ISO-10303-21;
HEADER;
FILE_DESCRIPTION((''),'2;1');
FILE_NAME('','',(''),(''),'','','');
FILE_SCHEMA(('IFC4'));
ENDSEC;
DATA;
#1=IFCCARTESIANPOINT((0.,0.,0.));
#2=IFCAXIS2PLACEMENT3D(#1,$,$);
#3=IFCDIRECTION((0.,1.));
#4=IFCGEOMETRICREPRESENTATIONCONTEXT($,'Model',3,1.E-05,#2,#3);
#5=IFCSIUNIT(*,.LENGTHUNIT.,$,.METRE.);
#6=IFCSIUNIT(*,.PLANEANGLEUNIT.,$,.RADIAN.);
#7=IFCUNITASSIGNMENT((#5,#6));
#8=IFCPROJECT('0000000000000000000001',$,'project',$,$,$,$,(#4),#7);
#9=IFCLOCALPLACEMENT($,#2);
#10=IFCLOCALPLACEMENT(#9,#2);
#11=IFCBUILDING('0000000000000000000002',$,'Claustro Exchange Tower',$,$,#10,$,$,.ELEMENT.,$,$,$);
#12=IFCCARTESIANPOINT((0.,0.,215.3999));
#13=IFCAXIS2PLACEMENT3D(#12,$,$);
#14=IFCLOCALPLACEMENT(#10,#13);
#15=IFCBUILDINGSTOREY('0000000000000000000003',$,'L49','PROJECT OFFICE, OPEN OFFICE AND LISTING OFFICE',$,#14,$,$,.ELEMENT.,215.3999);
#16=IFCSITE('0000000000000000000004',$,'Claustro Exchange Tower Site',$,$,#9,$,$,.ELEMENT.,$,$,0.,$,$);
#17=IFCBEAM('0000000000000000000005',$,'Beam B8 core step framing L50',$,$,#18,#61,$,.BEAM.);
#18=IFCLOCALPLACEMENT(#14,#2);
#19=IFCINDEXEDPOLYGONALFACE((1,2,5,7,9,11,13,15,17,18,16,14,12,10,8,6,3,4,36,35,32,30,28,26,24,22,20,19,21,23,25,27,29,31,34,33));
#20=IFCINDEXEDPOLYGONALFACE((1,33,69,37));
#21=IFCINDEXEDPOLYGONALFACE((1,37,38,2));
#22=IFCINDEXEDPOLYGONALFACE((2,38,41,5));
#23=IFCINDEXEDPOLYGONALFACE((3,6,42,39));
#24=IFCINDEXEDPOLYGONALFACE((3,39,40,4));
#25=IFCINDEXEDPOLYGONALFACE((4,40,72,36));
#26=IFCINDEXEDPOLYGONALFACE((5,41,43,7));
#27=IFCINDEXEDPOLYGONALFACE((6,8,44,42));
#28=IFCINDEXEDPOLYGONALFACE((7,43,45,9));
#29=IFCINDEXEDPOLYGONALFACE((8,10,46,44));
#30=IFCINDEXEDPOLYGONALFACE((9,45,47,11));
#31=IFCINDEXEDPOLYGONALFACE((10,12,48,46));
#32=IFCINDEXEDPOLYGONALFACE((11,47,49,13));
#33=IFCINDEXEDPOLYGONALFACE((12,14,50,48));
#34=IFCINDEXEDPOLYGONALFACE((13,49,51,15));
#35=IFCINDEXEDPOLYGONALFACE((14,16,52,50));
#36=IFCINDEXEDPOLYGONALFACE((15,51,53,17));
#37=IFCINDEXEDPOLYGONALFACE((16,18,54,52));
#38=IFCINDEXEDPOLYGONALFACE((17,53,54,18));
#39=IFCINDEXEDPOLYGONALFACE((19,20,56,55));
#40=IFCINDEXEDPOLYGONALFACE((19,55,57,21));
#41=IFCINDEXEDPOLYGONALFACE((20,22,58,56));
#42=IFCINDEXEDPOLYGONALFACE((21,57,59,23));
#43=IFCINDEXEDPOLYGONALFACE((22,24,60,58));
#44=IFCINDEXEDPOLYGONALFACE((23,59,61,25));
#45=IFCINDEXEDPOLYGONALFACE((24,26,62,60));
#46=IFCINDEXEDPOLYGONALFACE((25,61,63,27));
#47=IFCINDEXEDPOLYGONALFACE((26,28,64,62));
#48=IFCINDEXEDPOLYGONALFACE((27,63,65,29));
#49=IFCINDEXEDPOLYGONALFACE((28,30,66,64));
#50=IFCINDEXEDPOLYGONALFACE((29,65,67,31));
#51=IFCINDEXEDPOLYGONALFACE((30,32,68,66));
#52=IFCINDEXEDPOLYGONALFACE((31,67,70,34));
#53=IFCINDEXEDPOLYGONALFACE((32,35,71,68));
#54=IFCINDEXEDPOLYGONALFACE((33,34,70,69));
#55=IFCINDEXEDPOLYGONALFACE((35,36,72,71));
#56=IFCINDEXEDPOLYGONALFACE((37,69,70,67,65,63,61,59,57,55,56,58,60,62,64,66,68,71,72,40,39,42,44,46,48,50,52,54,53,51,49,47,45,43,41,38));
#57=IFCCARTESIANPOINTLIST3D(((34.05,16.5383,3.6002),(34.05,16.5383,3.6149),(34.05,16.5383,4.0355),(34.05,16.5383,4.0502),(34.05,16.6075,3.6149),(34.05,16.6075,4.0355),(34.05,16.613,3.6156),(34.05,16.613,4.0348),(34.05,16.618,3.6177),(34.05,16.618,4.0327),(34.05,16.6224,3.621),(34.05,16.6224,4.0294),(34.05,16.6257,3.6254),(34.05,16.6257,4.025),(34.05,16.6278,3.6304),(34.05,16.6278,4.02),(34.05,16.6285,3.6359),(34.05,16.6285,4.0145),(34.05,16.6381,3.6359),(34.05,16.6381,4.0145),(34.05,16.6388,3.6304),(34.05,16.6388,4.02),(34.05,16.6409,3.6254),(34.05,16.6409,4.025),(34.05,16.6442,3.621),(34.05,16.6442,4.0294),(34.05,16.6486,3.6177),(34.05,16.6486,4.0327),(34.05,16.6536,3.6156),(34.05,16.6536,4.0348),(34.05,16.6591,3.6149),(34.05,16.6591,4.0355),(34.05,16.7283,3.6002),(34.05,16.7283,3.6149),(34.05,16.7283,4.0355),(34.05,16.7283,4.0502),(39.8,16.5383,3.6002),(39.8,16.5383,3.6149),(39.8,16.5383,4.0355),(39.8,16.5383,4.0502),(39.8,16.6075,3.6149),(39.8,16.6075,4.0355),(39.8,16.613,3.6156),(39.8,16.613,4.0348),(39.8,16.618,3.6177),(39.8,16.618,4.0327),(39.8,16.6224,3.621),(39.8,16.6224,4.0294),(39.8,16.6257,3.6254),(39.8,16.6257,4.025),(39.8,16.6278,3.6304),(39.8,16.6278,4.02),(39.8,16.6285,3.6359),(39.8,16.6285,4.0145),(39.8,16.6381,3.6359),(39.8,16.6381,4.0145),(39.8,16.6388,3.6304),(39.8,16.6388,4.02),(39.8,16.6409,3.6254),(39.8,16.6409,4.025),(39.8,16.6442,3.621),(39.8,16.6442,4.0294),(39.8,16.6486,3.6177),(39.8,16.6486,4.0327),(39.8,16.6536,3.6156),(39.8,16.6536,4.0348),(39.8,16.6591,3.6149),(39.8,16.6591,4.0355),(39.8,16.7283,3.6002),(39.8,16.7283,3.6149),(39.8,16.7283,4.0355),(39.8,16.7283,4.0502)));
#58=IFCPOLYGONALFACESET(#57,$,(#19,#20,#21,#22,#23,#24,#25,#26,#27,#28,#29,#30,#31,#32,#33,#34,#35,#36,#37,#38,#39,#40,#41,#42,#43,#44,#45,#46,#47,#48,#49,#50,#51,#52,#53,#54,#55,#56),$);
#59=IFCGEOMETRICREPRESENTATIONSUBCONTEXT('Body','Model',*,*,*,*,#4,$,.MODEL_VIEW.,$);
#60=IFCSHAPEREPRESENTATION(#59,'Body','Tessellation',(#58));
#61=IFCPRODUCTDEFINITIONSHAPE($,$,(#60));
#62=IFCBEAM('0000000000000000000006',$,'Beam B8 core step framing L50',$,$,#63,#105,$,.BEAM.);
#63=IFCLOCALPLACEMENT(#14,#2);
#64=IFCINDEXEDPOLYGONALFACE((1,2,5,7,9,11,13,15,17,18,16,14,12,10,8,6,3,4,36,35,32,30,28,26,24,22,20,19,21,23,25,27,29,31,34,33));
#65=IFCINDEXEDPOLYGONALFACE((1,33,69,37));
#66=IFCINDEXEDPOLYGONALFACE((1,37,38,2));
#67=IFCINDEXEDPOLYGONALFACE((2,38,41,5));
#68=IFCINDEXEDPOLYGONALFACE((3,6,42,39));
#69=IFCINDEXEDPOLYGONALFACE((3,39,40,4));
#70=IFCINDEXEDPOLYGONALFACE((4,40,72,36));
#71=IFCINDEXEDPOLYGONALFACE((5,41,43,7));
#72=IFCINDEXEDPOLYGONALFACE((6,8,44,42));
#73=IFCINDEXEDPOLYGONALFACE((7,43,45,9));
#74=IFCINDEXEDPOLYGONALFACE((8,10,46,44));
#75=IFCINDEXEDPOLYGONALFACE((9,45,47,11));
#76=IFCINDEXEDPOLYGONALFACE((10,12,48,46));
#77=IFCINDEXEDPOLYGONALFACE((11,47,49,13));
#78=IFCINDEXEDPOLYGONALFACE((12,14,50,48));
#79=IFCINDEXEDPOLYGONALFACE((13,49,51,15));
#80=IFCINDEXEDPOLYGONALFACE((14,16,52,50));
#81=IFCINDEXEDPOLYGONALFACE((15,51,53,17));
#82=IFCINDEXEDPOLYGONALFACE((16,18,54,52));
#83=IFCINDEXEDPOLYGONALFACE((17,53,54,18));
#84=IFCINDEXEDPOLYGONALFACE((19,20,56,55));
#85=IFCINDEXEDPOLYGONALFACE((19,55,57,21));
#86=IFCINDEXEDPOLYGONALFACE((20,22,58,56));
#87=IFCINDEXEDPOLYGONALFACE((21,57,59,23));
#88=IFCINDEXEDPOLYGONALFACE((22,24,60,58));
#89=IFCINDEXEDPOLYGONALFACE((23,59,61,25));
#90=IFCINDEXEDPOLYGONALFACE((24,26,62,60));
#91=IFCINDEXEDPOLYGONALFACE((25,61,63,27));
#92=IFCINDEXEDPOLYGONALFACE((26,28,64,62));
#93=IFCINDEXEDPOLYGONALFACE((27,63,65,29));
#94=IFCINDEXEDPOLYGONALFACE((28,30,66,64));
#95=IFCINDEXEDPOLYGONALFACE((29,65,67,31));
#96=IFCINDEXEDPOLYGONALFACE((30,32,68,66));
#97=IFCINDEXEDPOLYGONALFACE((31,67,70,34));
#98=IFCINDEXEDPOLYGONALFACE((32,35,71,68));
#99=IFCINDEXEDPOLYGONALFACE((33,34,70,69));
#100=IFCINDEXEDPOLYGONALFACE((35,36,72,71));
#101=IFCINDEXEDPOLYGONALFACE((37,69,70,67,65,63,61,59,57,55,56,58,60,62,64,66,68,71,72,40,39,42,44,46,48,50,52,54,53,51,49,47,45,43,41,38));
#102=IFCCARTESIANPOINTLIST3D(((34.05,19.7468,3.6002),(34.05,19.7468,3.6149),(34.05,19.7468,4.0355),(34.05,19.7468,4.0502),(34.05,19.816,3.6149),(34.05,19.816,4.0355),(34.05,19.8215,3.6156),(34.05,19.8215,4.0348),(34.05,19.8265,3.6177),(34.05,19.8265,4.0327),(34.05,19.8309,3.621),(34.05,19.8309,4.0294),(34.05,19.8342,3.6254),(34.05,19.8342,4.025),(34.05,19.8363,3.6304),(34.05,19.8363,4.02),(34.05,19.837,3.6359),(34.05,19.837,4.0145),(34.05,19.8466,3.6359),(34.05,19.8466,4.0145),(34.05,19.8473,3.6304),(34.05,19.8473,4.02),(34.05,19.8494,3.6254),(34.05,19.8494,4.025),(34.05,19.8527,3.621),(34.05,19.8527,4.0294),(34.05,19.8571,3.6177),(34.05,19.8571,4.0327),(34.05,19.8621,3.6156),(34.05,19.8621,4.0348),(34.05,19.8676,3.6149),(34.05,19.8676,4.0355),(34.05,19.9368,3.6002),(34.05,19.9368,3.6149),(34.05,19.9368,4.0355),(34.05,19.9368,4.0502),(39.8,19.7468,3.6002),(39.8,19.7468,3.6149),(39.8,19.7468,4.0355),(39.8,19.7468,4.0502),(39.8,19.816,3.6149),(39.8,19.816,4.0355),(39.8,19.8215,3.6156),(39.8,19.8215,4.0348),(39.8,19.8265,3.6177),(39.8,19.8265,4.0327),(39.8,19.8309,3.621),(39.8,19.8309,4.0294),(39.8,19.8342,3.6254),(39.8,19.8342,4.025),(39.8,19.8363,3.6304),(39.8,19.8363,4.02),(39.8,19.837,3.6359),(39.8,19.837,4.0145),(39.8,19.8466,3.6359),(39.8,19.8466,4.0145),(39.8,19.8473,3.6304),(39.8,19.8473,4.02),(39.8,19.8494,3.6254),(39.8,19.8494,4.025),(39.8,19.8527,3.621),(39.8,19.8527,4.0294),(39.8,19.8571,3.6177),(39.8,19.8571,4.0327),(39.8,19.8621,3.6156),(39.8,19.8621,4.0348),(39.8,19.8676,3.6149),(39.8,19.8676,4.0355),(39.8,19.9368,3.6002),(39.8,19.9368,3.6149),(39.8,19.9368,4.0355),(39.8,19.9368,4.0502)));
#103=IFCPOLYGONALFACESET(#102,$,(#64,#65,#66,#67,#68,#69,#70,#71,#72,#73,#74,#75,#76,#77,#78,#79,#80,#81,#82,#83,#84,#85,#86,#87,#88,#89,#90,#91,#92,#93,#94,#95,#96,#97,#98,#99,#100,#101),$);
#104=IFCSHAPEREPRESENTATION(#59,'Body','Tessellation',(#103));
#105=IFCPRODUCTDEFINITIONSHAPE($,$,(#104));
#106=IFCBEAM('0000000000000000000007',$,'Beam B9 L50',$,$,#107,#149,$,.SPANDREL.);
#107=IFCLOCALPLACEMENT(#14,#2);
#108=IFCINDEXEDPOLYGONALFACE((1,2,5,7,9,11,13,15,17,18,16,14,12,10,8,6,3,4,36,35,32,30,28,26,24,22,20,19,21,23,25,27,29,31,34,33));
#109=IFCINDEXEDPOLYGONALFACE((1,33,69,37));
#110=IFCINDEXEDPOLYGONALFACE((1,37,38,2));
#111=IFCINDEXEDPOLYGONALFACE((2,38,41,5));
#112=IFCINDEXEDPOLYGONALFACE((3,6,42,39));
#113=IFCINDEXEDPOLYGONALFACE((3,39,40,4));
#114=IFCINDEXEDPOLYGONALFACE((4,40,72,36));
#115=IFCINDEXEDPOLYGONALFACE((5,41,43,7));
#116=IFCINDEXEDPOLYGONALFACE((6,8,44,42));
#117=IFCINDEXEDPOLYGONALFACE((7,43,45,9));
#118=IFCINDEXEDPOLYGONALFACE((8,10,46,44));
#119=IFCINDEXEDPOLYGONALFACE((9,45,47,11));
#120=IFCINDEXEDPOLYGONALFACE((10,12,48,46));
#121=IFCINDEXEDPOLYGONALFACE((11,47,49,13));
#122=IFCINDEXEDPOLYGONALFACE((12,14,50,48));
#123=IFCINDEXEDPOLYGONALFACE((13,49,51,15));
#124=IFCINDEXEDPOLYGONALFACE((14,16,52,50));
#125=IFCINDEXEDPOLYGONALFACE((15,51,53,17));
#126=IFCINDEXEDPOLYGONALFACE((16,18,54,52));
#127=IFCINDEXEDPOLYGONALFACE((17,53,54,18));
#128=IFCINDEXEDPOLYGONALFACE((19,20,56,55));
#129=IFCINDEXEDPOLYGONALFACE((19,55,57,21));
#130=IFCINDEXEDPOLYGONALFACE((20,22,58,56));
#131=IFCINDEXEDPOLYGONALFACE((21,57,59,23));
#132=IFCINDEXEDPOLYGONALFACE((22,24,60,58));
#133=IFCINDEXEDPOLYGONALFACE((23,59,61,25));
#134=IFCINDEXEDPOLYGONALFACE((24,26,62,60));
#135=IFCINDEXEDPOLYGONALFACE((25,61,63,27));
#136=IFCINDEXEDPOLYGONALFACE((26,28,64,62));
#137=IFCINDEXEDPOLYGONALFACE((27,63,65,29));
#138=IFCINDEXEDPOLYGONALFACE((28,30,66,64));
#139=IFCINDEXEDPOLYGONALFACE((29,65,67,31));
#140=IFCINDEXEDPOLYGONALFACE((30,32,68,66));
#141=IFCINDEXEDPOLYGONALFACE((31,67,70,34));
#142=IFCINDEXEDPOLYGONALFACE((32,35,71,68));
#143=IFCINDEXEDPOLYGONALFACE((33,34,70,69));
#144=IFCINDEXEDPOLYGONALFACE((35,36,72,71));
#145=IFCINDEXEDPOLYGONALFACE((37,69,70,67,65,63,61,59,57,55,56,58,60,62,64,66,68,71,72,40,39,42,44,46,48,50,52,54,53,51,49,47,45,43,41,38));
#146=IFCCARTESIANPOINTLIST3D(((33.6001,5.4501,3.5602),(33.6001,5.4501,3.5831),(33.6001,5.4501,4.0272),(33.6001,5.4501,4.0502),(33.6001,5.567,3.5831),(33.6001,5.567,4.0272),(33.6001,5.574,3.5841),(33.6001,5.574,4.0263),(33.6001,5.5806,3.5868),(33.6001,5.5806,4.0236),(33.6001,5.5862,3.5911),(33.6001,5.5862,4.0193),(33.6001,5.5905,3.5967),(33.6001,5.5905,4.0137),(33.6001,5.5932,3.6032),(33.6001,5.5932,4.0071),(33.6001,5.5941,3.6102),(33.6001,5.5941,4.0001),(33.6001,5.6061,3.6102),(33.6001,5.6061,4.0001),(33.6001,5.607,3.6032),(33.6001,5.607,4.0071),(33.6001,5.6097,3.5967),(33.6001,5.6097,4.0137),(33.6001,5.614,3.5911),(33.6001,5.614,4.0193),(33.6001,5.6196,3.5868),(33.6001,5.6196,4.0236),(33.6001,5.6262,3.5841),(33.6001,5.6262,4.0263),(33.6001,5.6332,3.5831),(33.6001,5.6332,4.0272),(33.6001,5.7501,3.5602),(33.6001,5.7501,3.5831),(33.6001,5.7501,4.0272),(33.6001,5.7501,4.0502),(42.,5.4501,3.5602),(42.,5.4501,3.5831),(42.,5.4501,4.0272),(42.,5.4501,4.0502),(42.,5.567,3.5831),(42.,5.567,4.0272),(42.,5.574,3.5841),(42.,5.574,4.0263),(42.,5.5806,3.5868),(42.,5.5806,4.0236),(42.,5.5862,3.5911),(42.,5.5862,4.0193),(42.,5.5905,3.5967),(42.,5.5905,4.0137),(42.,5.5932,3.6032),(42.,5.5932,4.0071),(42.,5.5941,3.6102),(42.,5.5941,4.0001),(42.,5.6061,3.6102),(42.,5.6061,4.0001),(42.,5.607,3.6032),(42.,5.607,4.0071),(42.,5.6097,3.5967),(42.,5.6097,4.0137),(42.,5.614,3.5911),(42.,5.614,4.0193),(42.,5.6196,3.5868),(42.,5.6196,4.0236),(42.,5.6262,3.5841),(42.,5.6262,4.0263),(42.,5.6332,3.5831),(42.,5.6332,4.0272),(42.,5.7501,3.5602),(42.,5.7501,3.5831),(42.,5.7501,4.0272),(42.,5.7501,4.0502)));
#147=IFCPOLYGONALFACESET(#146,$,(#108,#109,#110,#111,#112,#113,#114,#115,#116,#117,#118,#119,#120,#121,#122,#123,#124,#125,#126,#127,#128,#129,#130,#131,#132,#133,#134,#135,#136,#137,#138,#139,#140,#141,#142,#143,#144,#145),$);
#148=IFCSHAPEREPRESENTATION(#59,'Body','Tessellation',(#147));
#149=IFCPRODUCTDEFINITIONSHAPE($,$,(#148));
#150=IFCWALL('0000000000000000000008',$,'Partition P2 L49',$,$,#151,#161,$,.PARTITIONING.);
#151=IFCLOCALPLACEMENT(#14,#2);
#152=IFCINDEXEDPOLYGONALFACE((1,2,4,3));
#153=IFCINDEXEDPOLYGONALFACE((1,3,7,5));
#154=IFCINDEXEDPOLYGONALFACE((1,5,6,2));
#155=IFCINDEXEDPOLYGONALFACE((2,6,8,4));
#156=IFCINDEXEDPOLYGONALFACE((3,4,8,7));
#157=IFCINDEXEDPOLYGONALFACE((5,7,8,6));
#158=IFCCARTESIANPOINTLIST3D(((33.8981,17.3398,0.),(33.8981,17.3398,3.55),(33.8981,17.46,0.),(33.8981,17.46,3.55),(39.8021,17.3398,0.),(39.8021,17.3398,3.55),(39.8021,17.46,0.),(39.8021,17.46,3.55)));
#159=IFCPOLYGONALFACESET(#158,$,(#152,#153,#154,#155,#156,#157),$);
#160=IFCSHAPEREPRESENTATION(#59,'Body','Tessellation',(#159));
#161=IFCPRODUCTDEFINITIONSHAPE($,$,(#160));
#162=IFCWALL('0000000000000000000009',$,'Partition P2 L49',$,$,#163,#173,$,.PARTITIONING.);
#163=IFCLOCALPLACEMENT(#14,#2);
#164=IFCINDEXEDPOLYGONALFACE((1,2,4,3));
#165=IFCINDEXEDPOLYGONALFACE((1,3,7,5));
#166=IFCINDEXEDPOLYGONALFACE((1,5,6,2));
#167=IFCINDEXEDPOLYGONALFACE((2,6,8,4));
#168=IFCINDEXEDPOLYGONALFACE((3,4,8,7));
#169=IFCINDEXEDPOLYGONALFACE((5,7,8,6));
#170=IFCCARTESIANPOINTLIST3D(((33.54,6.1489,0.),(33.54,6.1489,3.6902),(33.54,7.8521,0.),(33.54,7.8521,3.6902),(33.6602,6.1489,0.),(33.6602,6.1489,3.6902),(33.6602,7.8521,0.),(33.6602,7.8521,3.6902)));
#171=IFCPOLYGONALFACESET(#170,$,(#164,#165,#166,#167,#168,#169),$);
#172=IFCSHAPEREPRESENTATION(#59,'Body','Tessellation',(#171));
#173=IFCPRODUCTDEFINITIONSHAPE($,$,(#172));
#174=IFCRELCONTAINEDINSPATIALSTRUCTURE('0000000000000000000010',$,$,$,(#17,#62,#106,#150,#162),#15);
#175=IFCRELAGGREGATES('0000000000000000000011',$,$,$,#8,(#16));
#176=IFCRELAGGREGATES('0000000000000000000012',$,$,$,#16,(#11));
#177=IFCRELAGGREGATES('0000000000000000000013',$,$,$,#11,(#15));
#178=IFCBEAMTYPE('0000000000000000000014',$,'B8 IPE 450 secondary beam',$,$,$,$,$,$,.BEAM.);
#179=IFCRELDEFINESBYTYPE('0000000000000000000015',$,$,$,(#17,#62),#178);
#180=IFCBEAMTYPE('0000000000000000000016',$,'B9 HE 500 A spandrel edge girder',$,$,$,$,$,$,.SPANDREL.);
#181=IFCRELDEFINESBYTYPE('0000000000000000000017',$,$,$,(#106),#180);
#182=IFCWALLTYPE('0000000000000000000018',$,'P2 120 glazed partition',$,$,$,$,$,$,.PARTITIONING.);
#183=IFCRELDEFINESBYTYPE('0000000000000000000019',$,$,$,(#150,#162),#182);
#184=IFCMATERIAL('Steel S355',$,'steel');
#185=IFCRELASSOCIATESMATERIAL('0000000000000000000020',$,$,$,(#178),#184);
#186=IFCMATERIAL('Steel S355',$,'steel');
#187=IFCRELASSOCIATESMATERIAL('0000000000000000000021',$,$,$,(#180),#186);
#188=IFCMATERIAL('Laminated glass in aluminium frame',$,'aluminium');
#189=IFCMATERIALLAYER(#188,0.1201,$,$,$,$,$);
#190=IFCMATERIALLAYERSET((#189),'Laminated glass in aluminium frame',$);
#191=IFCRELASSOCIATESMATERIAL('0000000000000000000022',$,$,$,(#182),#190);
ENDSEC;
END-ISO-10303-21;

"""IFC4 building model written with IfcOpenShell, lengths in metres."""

from ifc_helpers import new_model, si_unit, direction, frame, frame_2d, origin, origin_2d, place, context, subcontext, project, spatial, rectangle, i_section, extrude, material, layer, layer_set, material_profile, profile_set, type_object, element, save


model = new_model("IFC4")

# Units and contexts
model_context = context("Model", 3, precision=1e-05, world=origin(), true_north=direction((0.0, 1.0)))
body_context = subcontext(model_context, "Body", "Model", "MODEL_VIEW")
ifc_project = project(units=[si_unit("LENGTHUNIT", "METRE"), si_unit("PLANEANGLEUNIT", "RADIAN")], contexts=[model_context])

# Site, building, storey
site_placement = place(None, origin())
site = spatial("IfcSite", under=ifc_project, at=site_placement, Name="Claustro Exchange Tower Site", CompositionType="ELEMENT", RefElevation=0.0)
building_placement = place(site_placement, origin())
building = spatial("IfcBuilding", under=site, at=building_placement, Name="Claustro Exchange Tower", CompositionType="ELEMENT")
storey_placement = place(building_placement, frame((0.0, 0.0, 215.3999)))
storey = spatial("IfcBuildingStorey", under=building, at=storey_placement, Name="L49", Description="PROJECT OFFICE, OPEN OFFICE AND LISTING OFFICE", CompositionType="ELEMENT", Elevation=215.3999)

# Beams
ifc_material_1 = material(Name="Steel S355", Category="steel")
ifc_material_profile_1 = material_profile(ifc_material_1, i_section(OverallWidth=0.1899, OverallDepth=0.45, WebThickness=0.0095, FlangeThickness=0.0146, FilletRadius=0.021, at=origin_2d()), Name="IPE 450")
ifc_profile_set_1 = profile_set([ifc_material_profile_1], Name="Steel S355")
beam_type_1 = type_object("IfcBeamType", Name="B8 IPE 450 secondary beam", PredefinedType="BEAM", material=ifc_profile_set_1)
for number, where, z_axis, x_axis, name in (
    (1, (34.05, 16.6333, 3.8252), (1.0, 0.0, 0.0), (0.0, 1.0, 0.0), "Beam B8 core step framing L50"),
    (2, (34.05, 19.8418, 3.8252), (1.0, 0.0, 0.0), (0.0, 1.0, 0.0), "Beam B8 core step framing L50"),
):
    element("IfcBeam", number, at=place(storey_placement, frame(where, z_axis=z_axis, x_axis=x_axis)), inside=storey, type_object=beam_type_1, Name=name, PredefinedType="BEAM", context=body_context, shape_type="SweptSolid", body=[
        extrude(i_section(OverallWidth=0.1899, OverallDepth=0.45, WebThickness=0.0095, FlangeThickness=0.0146, FilletRadius=0.021, at=origin_2d()), origin(), (0.0, 0.0, 1.0), 5.75),
    ])
ifc_material_2 = material(Name="Steel S355", Category="steel")
ifc_material_profile_2 = material_profile(ifc_material_2, i_section(OverallWidth=0.3, OverallDepth=0.49, WebThickness=0.012, FlangeThickness=0.0229, FilletRadius=0.0271, at=origin_2d()), Name="HE 500 A")
ifc_profile_set_2 = profile_set([ifc_material_profile_2], Name="Steel S355")
beam_type_2 = type_object("IfcBeamType", Name="B9 HE 500 A spandrel edge girder", PredefinedType="SPANDREL", material=ifc_profile_set_2)
beam_1_placement = place(storey_placement, frame((33.6001, 5.6001, 3.8052), z_axis=(1.0, 0.0, 0.0), x_axis=(0.0, 1.0, 0.0)))
element("IfcBeam", 3, at=beam_1_placement, inside=storey, type_object=beam_type_2, Name="Beam B9 L50", PredefinedType="SPANDREL", context=body_context, shape_type="SweptSolid", body=[
    extrude(i_section(OverallWidth=0.3, OverallDepth=0.49, WebThickness=0.012, FlangeThickness=0.0229, FilletRadius=0.0271, at=origin_2d()), origin(), (0.0, 0.0, 1.0), 8.3999),
])

# Walls
ifc_material_3 = material(Name="Laminated glass in aluminium frame", Category="aluminium")
ifc_layer_1 = layer(ifc_material_3, 0.1201)
ifc_layer_set_1 = layer_set([ifc_layer_1], Name="Laminated glass in aluminium frame")
wall_type_1 = type_object("IfcWallType", Name="P2 120 glazed partition", PredefinedType="PARTITIONING", material=ifc_layer_set_1)
wall_1_placement = place(storey_placement, frame((33.8979, 17.3999, 0.0), z_axis=(0.0, 0.0, 1.0), x_axis=(1.0, 0.0, 0.0)))
element("IfcWall", 4, at=wall_1_placement, inside=storey, type_object=wall_type_1, Name="Partition P2 L49", PredefinedType="PARTITIONING", context=body_context, shape_type="SweptSolid", body=[
    extrude(rectangle(XDim=5.9041, YDim=0.1201, at=frame_2d((2.9521, 0.0))), origin(), (0.0, 0.0, 1.0), 3.55),
])
wall_2_placement = place(storey_placement, frame((33.6001, 6.1489, 0.0), z_axis=(0.0, 0.0, 1.0), x_axis=(0.0, 1.0, 0.0)))
element("IfcWall", 5, at=wall_2_placement, inside=storey, type_object=wall_type_1, Name="Partition P2 L49", PredefinedType="PARTITIONING", context=body_context, shape_type="SweptSolid", body=[
    extrude(rectangle(XDim=1.7031, YDim=0.1201, at=frame_2d((0.8516, 0.0))), origin(), (0.0, 0.0, 1.0), 3.6902),
])

save(model, "model.ifc")
